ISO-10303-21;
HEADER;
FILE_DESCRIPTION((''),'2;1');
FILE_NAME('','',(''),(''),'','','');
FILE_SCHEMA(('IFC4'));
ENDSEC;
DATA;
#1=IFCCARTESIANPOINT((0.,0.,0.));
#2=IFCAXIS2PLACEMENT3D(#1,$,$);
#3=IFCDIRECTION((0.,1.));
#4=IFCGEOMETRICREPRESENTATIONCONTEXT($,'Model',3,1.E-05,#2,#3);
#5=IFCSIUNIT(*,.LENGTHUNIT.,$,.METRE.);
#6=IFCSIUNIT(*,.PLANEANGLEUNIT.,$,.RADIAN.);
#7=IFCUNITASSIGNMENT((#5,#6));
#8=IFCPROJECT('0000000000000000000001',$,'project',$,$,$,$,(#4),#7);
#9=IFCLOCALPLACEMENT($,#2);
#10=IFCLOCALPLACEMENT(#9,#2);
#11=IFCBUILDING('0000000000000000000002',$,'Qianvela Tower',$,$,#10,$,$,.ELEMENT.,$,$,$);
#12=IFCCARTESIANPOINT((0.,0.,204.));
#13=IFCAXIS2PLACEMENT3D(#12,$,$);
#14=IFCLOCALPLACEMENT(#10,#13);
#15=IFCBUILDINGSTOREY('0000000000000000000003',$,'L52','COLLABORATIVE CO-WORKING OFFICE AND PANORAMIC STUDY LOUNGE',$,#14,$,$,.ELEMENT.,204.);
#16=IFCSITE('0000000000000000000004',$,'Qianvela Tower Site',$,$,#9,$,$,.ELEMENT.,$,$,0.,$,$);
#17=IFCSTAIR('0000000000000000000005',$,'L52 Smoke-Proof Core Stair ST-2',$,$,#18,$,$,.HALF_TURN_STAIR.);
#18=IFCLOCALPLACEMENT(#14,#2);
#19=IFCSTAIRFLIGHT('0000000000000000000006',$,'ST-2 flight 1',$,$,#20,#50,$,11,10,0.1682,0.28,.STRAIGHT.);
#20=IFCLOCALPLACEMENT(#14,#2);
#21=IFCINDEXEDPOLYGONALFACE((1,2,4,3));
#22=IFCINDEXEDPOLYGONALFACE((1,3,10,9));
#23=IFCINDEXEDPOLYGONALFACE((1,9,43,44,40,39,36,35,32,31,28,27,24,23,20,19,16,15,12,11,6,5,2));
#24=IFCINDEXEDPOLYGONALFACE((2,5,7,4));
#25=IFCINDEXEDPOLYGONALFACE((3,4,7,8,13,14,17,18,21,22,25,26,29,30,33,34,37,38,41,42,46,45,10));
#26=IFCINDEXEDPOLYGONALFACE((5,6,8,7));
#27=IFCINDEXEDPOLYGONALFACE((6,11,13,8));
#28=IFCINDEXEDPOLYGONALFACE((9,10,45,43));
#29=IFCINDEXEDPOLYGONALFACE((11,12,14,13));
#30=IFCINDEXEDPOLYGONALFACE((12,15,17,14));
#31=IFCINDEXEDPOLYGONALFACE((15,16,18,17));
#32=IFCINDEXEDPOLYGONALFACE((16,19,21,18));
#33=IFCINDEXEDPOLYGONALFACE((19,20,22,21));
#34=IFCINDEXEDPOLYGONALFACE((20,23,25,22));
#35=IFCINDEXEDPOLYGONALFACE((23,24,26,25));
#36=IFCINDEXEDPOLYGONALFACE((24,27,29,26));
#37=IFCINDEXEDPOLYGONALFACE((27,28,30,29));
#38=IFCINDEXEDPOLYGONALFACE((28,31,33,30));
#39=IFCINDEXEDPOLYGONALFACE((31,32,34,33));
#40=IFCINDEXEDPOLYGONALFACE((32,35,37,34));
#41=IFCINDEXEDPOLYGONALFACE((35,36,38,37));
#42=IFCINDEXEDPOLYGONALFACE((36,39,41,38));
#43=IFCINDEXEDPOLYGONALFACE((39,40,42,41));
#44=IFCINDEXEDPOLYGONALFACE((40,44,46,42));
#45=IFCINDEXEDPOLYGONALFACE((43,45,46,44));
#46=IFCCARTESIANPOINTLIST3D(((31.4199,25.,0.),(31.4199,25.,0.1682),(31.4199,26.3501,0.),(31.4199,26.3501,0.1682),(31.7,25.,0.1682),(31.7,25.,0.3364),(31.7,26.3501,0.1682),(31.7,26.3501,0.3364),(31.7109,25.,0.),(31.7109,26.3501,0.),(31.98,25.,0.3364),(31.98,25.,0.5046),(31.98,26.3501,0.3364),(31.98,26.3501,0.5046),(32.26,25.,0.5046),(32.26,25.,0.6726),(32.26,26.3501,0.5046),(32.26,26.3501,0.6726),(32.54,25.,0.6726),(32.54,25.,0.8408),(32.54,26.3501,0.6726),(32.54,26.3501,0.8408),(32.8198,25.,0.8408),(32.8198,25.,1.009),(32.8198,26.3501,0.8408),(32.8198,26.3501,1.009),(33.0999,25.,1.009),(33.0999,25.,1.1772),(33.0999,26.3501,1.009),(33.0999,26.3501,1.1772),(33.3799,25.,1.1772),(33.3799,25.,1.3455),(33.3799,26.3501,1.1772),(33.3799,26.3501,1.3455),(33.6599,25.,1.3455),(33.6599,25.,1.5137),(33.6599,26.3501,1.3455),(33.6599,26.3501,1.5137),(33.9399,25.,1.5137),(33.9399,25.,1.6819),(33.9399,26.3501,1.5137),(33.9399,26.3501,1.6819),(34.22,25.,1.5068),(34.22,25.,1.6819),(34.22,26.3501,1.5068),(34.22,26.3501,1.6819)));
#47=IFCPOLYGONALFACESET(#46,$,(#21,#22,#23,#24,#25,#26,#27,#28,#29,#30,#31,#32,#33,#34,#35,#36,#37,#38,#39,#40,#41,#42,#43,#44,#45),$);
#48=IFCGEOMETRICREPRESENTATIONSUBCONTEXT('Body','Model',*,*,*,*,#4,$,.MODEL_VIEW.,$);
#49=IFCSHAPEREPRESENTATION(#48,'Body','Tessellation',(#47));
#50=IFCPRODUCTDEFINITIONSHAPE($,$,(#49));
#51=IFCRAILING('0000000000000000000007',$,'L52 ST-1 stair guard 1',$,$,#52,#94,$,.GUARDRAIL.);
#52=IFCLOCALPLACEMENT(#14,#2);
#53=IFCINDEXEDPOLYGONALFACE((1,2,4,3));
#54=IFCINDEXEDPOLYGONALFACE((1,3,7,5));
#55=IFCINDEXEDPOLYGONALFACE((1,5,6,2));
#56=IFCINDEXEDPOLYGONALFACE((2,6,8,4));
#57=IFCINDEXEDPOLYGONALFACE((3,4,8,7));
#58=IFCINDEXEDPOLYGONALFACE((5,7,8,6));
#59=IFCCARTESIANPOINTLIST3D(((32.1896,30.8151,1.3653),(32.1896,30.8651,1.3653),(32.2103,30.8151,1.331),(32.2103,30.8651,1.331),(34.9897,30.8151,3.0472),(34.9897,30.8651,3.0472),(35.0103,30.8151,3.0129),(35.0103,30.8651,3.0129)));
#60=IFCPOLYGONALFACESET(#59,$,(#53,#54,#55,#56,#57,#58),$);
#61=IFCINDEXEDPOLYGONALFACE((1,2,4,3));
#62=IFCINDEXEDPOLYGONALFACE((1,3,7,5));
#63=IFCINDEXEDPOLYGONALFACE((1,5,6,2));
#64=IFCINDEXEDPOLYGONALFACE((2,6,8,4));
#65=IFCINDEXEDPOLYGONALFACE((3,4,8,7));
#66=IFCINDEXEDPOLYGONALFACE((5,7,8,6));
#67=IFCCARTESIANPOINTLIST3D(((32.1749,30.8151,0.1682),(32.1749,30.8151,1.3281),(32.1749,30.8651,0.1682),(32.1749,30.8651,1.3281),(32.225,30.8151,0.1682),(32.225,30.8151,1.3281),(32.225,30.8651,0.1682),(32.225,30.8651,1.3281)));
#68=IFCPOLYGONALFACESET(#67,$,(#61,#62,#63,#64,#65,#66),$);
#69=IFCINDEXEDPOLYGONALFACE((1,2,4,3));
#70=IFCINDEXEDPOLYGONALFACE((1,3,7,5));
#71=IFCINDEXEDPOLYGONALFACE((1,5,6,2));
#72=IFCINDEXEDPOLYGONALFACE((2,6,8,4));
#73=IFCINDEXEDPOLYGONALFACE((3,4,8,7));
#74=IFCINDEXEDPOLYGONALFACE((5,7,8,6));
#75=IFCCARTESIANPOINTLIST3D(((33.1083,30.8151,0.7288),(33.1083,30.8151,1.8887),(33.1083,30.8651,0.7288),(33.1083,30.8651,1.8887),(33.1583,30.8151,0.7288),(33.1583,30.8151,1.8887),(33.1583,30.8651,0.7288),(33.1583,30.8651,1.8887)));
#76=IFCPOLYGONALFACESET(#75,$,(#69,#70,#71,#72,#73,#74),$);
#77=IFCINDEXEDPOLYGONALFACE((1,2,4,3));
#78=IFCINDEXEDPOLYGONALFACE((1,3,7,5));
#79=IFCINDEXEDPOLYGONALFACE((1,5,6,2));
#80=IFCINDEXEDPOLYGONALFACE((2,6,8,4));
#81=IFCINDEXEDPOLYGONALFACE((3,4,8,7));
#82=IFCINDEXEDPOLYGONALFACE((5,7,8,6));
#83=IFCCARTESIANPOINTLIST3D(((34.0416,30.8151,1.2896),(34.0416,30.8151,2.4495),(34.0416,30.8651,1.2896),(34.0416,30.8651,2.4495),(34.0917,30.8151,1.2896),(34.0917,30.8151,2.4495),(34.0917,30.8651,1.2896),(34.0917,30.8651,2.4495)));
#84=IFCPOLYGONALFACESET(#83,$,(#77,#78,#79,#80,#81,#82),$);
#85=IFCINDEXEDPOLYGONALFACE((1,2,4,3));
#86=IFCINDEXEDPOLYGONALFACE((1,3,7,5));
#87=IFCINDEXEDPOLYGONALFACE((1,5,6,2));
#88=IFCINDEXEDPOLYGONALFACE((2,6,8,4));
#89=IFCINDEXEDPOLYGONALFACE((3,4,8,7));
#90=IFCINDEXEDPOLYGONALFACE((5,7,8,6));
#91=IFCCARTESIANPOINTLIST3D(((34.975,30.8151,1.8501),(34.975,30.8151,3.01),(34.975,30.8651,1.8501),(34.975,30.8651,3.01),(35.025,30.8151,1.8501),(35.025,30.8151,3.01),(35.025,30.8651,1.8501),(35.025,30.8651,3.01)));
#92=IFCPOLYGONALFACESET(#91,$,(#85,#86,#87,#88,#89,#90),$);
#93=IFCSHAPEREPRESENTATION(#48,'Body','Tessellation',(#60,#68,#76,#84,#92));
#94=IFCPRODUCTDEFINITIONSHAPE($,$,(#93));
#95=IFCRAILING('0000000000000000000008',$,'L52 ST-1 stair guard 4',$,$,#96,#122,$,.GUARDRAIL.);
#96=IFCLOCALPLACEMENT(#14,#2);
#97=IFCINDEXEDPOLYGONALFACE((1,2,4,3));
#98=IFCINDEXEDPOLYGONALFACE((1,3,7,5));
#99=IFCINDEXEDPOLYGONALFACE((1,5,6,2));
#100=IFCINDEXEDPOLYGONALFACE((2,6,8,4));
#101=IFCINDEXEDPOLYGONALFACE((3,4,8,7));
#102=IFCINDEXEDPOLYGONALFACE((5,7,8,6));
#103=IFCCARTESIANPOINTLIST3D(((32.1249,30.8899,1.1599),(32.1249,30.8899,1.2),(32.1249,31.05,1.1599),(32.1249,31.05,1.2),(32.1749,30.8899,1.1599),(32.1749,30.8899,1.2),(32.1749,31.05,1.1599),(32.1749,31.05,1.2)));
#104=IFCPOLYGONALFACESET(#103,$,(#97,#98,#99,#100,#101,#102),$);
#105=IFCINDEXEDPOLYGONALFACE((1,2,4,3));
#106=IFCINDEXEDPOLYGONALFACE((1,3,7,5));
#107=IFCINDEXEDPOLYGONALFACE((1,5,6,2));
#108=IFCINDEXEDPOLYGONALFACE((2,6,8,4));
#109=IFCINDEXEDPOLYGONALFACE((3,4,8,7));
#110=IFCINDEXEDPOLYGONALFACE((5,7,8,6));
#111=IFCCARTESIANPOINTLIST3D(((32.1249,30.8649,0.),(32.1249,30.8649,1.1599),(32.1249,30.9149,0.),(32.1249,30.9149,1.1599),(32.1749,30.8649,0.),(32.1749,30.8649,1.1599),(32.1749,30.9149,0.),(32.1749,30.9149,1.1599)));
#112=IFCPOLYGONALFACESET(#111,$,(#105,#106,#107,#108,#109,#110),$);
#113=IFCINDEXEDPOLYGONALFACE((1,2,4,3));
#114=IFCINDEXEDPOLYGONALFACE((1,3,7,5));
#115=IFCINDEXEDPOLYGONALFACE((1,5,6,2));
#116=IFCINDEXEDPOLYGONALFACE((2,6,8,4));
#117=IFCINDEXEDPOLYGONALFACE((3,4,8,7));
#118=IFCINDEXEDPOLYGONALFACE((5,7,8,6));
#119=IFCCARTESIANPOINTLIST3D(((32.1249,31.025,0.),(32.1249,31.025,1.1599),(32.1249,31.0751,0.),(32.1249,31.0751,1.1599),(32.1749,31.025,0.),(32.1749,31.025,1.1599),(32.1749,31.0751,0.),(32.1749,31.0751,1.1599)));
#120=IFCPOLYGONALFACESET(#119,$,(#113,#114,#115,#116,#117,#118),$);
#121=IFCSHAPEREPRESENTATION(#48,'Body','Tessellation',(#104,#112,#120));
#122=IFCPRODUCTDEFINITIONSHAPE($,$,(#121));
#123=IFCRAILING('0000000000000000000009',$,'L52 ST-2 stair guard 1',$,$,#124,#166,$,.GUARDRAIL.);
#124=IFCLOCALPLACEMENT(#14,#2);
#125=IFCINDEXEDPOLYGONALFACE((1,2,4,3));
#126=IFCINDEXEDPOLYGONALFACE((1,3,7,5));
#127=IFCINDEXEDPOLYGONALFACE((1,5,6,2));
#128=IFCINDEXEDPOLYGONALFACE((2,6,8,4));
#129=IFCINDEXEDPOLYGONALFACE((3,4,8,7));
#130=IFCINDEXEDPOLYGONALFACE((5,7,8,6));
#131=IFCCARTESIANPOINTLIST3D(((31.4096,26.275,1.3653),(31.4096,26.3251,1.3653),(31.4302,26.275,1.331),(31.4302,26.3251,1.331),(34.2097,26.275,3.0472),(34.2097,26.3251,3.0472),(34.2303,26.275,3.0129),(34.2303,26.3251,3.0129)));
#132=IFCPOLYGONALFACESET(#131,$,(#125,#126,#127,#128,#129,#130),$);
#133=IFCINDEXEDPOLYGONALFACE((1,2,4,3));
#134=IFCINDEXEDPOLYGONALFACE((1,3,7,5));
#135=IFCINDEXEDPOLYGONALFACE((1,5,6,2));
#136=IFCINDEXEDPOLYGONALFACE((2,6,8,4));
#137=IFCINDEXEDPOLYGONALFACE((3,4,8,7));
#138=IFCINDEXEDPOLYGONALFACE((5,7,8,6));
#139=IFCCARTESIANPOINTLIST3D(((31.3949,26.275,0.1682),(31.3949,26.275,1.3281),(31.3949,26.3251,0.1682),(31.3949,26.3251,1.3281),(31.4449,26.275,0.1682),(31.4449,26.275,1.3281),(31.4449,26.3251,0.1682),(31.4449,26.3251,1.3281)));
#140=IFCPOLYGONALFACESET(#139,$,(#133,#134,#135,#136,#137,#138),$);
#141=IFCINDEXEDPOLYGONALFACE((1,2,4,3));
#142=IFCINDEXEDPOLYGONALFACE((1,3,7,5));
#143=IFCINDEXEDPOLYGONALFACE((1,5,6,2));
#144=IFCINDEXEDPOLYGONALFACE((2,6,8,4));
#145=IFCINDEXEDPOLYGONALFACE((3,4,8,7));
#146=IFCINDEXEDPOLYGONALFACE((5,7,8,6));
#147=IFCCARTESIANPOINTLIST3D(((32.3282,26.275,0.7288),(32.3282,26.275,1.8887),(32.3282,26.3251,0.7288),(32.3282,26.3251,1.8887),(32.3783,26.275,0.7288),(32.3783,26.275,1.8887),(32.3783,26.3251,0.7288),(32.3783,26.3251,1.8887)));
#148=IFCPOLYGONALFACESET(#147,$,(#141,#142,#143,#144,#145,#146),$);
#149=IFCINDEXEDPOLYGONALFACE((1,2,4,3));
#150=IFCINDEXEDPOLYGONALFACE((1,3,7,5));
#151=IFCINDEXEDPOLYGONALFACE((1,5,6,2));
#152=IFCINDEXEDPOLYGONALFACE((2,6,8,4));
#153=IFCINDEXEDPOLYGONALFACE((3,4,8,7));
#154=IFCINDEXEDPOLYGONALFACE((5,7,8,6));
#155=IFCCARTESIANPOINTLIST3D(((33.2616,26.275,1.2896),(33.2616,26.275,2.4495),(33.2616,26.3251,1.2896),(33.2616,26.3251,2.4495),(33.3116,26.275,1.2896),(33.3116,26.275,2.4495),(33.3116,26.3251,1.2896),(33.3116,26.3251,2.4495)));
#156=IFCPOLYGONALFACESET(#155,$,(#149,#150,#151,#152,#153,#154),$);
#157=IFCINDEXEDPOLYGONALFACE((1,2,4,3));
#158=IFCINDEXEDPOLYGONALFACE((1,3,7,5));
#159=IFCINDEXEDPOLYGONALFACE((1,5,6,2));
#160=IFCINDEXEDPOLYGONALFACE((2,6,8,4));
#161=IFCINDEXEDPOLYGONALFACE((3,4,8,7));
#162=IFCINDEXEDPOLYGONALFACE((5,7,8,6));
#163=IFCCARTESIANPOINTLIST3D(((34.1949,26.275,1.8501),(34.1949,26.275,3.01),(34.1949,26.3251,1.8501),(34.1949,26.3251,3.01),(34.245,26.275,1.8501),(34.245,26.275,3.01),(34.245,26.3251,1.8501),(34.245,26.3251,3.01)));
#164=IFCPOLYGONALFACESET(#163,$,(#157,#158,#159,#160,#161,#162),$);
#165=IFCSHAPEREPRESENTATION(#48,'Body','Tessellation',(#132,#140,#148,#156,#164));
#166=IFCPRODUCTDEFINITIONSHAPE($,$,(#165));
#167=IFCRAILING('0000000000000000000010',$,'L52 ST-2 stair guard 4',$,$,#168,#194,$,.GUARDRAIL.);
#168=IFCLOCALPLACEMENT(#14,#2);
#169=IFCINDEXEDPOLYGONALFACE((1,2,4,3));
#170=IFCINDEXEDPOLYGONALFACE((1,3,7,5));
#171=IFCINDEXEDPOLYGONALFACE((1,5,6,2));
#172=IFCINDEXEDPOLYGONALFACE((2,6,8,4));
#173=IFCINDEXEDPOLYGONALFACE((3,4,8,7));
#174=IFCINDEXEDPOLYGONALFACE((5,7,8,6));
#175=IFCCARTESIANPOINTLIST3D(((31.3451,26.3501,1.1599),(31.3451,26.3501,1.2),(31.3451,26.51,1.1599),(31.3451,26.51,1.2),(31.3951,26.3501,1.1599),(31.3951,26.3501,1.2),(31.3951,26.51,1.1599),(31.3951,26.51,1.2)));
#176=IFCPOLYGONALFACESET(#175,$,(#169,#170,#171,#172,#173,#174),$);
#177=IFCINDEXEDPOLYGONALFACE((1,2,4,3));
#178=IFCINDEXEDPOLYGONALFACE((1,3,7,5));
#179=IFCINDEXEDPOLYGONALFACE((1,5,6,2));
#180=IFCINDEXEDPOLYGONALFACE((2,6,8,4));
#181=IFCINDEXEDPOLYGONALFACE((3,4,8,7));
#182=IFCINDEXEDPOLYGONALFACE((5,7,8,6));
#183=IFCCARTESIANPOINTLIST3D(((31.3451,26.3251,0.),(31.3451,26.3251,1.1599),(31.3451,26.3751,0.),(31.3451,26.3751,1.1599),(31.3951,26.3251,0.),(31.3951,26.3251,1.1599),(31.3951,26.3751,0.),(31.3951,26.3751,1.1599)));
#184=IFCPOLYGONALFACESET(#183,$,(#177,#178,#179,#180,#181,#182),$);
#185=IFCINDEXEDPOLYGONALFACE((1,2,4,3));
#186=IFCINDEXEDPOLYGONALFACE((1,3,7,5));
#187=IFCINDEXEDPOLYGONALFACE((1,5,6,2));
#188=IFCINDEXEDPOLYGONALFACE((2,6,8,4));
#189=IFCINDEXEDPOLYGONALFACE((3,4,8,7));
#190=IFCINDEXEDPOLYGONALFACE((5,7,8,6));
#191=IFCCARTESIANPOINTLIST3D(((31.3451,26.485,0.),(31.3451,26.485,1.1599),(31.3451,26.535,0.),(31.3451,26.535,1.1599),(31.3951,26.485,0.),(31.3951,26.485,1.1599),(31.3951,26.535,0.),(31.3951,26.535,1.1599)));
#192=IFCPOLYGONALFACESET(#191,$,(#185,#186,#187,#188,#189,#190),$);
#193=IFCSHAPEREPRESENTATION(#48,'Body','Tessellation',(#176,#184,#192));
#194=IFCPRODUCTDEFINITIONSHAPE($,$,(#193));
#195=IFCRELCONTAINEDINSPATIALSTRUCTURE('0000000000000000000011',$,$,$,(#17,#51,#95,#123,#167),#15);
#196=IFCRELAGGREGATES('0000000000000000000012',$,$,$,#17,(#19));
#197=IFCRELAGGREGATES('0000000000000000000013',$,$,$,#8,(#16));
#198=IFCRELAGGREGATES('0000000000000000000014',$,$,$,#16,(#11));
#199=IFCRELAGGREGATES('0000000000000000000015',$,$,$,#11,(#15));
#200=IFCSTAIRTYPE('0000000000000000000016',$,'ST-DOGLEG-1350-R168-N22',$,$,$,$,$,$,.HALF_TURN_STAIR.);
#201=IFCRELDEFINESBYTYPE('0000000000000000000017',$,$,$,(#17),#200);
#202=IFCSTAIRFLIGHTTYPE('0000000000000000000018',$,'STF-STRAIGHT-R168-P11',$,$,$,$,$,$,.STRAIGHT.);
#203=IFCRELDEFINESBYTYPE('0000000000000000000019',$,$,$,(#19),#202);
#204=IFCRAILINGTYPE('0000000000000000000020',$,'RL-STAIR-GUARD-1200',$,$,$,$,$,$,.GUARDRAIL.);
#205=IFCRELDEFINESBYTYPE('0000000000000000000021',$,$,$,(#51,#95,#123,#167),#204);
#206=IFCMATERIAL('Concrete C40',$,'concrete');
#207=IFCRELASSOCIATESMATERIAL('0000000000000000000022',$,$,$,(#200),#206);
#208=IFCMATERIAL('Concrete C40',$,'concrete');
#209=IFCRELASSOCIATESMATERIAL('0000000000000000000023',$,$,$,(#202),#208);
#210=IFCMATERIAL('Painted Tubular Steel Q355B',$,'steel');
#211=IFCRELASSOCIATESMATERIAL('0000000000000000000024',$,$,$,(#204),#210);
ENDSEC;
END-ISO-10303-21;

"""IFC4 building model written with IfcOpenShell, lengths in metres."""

from ifc_helpers import new_model, si_unit, direction, frame, origin, origin_2d, place, context, subcontext, project, spatial, polyline, rectangle, outline, extrude, material, type_object, element, aggregate, save


model = new_model("IFC4")

# Units and contexts
model_context = context("Model", 3, precision=1e-05, world=origin(), true_north=direction((0.0, 1.0)))
body_context = subcontext(model_context, "Body", "Model", "MODEL_VIEW")
ifc_project = project(units=[si_unit("LENGTHUNIT", "METRE"), si_unit("PLANEANGLEUNIT", "RADIAN")], contexts=[model_context])

# Site, building, storey
site_placement = place(None, origin())
site = spatial("IfcSite", under=ifc_project, at=site_placement, Name="Qianvela Tower Site", CompositionType="ELEMENT", RefElevation=0.0)
building_placement = place(site_placement, origin())
building = spatial("IfcBuilding", under=site, at=building_placement, Name="Qianvela Tower", CompositionType="ELEMENT")
storey_placement = place(building_placement, frame((0.0, 0.0, 204.0)))
storey = spatial("IfcBuildingStorey", under=building, at=storey_placement, Name="L52", Description="COLLABORATIVE CO-WORKING OFFICE AND PANORAMIC STUDY LOUNGE", CompositionType="ELEMENT", Elevation=204.0)

# Stair, stair flight
ifc_material_1 = material(Name="Concrete C40", Category="concrete")
stair_type = type_object("IfcStairType", Name="ST-DOGLEG-1350-R168-N22", PredefinedType="HALF_TURN_STAIR", material=ifc_material_1)
ifc_material_2 = material(Name="Concrete C40", Category="concrete")
stair_flight_type = type_object("IfcStairFlightType", Name="STF-STRAIGHT-R168-P11", PredefinedType="STRAIGHT", material=ifc_material_2)
stair_1_placement = place(storey_placement, origin())
stair_1 = element("IfcStair", 1, at=stair_1_placement, inside=storey, type_object=stair_type, Name="L52 Smoke-Proof Core Stair ST-2", PredefinedType="HALF_TURN_STAIR")
stair_flight_1_placement = place(storey_placement, frame((31.4199, 25.675, 0.0), z_axis=(0.0, 0.0, 1.0), x_axis=(1.0, 0.0, 0.0)))
stair_flight_1 = element("IfcStairFlight", 2, at=stair_flight_1_placement, type_object=stair_flight_type, Name="ST-2 flight 1", NumberOfRisers=11, NumberOfTreads=10, PredefinedType="STRAIGHT", RiserHeight=0.1682, TreadLength=0.28, context=body_context, shape_type="SweptSolid", body=[
    extrude(outline(polyline([(0.0, 0.0), (0.0, 0.1682), (0.28, 0.1682), (0.28, 0.3364), (0.5601, 0.3364), (0.5601, 0.5046), (0.8401, 0.5046), (0.8401, 0.6726), (1.1201, 0.6726), (1.1201, 0.8408), (1.3999, 0.8408), (1.3999, 1.009), (1.6799, 1.009), (1.6799, 1.1772), (1.96, 1.1772), (1.96, 1.3455), (2.24, 1.3455), (2.24, 1.5137), (2.52, 1.5137), (2.52, 1.6819), (2.8, 1.6819), (2.8, 1.8501), (2.8, 1.5068), (0.291, 0.0), (0.0, 0.0)])), frame((0.0, 0.675, 0.0), z_axis=(0.0, -1.0, 0.0), x_axis=(1.0, 0.0, 0.0)), (0.0, 0.0, 1.0), 1.3501),
])
aggregate(stair_1, [stair_flight_1])

# Railings
ifc_material_3 = material(Name="Painted Tubular Steel Q355B", Category="steel")
railing_type_1 = type_object("IfcRailingType", Name="RL-STAIR-GUARD-1200", PredefinedType="GUARDRAIL", material=ifc_material_3)
railing_1_placement = place(storey_placement, frame((32.2, 30.8401, 0.1682)))
element("IfcRailing", 3, at=railing_1_placement, inside=storey, type_object=railing_type_1, Name="L52 ST-1 stair guard 1", PredefinedType="GUARDRAIL", context=body_context, shape_type="SweptSolid", body=[
    extrude(rectangle(XDim=0.05, YDim=0.04, at=origin_2d()), frame((0.0, 0.0, 1.1799), z_axis=(0.857242, 0.0, 0.514913), x_axis=(0.0, 1.0, 0.0)), (0.0, 0.0, 1.0), 3.2664),
    extrude(rectangle(XDim=0.05, YDim=0.05, at=origin_2d()), origin(), (0.0, 0.0, 1.0), 1.1599),
    extrude(rectangle(XDim=0.05, YDim=0.05, at=origin_2d()), frame((0.9333, 0.0, 0.5605)), (0.0, 0.0, 1.0), 1.1599),
    extrude(rectangle(XDim=0.05, YDim=0.05, at=origin_2d()), frame((1.8667, 0.0, 1.1213)), (0.0, 0.0, 1.0), 1.1599),
    extrude(rectangle(XDim=0.05, YDim=0.05, at=origin_2d()), frame((2.8, 0.0, 1.6819)), (0.0, 0.0, 1.0), 1.1599),
])
railing_2_placement = place(storey_placement, frame((32.1499, 30.8899, 0.0)))
element("IfcRailing", 4, at=railing_2_placement, inside=storey, type_object=railing_type_1, Name="L52 ST-1 stair guard 4", PredefinedType="GUARDRAIL", context=body_context, shape_type="SweptSolid", body=[
    extrude(rectangle(XDim=0.05, YDim=0.04, at=origin_2d()), frame((0.0, 0.0, 1.1799), z_axis=(0.0, 1.0, 0.0), x_axis=(-1.0, 0.0, 0.0)), (0.0, 0.0, 1.0), 0.1602),
    extrude(rectangle(XDim=0.05, YDim=0.05, at=origin_2d()), origin(), (0.0, 0.0, 1.0), 1.1599),
    extrude(rectangle(XDim=0.05, YDim=0.05, at=origin_2d()), frame((0.0, 0.1602, 0.0)), (0.0, 0.0, 1.0), 1.1599),
])
railing_3_placement = place(storey_placement, frame((31.4199, 26.3, 0.1682)))
element("IfcRailing", 5, at=railing_3_placement, inside=storey, type_object=railing_type_1, Name="L52 ST-2 stair guard 1", PredefinedType="GUARDRAIL", context=body_context, shape_type="SweptSolid", body=[
    extrude(rectangle(XDim=0.05, YDim=0.04, at=origin_2d()), frame((0.0, 0.0, 1.1799), z_axis=(0.857242, 0.0, 0.514913), x_axis=(0.0, 1.0, 0.0)), (0.0, 0.0, 1.0), 3.2664),
    extrude(rectangle(XDim=0.05, YDim=0.05, at=origin_2d()), origin(), (0.0, 0.0, 1.0), 1.1599),
    extrude(rectangle(XDim=0.05, YDim=0.05, at=origin_2d()), frame((0.9333, 0.0, 0.5605)), (0.0, 0.0, 1.0), 1.1599),
    extrude(rectangle(XDim=0.05, YDim=0.05, at=origin_2d()), frame((1.8667, 0.0, 1.1213)), (0.0, 0.0, 1.0), 1.1599),
    extrude(rectangle(XDim=0.05, YDim=0.05, at=origin_2d()), frame((2.8, 0.0, 1.6819)), (0.0, 0.0, 1.0), 1.1599),
])
railing_4_placement = place(storey_placement, frame((31.3701, 26.3501, 0.0)))
element("IfcRailing", 6, at=railing_4_placement, inside=storey, type_object=railing_type_1, Name="L52 ST-2 stair guard 4", PredefinedType="GUARDRAIL", context=body_context, shape_type="SweptSolid", body=[
    extrude(rectangle(XDim=0.05, YDim=0.04, at=origin_2d()), frame((0.0, 0.0, 1.1799), z_axis=(0.0, 1.0, 0.0), x_axis=(-1.0, 0.0, 0.0)), (0.0, 0.0, 1.0), 0.1599),
    extrude(rectangle(XDim=0.05, YDim=0.05, at=origin_2d()), origin(), (0.0, 0.0, 1.0), 1.1599),
    extrude(rectangle(XDim=0.05, YDim=0.05, at=origin_2d()), frame((0.0, 0.1599, 0.0)), (0.0, 0.0, 1.0), 1.1599),
])

save(model, "model.ifc")
